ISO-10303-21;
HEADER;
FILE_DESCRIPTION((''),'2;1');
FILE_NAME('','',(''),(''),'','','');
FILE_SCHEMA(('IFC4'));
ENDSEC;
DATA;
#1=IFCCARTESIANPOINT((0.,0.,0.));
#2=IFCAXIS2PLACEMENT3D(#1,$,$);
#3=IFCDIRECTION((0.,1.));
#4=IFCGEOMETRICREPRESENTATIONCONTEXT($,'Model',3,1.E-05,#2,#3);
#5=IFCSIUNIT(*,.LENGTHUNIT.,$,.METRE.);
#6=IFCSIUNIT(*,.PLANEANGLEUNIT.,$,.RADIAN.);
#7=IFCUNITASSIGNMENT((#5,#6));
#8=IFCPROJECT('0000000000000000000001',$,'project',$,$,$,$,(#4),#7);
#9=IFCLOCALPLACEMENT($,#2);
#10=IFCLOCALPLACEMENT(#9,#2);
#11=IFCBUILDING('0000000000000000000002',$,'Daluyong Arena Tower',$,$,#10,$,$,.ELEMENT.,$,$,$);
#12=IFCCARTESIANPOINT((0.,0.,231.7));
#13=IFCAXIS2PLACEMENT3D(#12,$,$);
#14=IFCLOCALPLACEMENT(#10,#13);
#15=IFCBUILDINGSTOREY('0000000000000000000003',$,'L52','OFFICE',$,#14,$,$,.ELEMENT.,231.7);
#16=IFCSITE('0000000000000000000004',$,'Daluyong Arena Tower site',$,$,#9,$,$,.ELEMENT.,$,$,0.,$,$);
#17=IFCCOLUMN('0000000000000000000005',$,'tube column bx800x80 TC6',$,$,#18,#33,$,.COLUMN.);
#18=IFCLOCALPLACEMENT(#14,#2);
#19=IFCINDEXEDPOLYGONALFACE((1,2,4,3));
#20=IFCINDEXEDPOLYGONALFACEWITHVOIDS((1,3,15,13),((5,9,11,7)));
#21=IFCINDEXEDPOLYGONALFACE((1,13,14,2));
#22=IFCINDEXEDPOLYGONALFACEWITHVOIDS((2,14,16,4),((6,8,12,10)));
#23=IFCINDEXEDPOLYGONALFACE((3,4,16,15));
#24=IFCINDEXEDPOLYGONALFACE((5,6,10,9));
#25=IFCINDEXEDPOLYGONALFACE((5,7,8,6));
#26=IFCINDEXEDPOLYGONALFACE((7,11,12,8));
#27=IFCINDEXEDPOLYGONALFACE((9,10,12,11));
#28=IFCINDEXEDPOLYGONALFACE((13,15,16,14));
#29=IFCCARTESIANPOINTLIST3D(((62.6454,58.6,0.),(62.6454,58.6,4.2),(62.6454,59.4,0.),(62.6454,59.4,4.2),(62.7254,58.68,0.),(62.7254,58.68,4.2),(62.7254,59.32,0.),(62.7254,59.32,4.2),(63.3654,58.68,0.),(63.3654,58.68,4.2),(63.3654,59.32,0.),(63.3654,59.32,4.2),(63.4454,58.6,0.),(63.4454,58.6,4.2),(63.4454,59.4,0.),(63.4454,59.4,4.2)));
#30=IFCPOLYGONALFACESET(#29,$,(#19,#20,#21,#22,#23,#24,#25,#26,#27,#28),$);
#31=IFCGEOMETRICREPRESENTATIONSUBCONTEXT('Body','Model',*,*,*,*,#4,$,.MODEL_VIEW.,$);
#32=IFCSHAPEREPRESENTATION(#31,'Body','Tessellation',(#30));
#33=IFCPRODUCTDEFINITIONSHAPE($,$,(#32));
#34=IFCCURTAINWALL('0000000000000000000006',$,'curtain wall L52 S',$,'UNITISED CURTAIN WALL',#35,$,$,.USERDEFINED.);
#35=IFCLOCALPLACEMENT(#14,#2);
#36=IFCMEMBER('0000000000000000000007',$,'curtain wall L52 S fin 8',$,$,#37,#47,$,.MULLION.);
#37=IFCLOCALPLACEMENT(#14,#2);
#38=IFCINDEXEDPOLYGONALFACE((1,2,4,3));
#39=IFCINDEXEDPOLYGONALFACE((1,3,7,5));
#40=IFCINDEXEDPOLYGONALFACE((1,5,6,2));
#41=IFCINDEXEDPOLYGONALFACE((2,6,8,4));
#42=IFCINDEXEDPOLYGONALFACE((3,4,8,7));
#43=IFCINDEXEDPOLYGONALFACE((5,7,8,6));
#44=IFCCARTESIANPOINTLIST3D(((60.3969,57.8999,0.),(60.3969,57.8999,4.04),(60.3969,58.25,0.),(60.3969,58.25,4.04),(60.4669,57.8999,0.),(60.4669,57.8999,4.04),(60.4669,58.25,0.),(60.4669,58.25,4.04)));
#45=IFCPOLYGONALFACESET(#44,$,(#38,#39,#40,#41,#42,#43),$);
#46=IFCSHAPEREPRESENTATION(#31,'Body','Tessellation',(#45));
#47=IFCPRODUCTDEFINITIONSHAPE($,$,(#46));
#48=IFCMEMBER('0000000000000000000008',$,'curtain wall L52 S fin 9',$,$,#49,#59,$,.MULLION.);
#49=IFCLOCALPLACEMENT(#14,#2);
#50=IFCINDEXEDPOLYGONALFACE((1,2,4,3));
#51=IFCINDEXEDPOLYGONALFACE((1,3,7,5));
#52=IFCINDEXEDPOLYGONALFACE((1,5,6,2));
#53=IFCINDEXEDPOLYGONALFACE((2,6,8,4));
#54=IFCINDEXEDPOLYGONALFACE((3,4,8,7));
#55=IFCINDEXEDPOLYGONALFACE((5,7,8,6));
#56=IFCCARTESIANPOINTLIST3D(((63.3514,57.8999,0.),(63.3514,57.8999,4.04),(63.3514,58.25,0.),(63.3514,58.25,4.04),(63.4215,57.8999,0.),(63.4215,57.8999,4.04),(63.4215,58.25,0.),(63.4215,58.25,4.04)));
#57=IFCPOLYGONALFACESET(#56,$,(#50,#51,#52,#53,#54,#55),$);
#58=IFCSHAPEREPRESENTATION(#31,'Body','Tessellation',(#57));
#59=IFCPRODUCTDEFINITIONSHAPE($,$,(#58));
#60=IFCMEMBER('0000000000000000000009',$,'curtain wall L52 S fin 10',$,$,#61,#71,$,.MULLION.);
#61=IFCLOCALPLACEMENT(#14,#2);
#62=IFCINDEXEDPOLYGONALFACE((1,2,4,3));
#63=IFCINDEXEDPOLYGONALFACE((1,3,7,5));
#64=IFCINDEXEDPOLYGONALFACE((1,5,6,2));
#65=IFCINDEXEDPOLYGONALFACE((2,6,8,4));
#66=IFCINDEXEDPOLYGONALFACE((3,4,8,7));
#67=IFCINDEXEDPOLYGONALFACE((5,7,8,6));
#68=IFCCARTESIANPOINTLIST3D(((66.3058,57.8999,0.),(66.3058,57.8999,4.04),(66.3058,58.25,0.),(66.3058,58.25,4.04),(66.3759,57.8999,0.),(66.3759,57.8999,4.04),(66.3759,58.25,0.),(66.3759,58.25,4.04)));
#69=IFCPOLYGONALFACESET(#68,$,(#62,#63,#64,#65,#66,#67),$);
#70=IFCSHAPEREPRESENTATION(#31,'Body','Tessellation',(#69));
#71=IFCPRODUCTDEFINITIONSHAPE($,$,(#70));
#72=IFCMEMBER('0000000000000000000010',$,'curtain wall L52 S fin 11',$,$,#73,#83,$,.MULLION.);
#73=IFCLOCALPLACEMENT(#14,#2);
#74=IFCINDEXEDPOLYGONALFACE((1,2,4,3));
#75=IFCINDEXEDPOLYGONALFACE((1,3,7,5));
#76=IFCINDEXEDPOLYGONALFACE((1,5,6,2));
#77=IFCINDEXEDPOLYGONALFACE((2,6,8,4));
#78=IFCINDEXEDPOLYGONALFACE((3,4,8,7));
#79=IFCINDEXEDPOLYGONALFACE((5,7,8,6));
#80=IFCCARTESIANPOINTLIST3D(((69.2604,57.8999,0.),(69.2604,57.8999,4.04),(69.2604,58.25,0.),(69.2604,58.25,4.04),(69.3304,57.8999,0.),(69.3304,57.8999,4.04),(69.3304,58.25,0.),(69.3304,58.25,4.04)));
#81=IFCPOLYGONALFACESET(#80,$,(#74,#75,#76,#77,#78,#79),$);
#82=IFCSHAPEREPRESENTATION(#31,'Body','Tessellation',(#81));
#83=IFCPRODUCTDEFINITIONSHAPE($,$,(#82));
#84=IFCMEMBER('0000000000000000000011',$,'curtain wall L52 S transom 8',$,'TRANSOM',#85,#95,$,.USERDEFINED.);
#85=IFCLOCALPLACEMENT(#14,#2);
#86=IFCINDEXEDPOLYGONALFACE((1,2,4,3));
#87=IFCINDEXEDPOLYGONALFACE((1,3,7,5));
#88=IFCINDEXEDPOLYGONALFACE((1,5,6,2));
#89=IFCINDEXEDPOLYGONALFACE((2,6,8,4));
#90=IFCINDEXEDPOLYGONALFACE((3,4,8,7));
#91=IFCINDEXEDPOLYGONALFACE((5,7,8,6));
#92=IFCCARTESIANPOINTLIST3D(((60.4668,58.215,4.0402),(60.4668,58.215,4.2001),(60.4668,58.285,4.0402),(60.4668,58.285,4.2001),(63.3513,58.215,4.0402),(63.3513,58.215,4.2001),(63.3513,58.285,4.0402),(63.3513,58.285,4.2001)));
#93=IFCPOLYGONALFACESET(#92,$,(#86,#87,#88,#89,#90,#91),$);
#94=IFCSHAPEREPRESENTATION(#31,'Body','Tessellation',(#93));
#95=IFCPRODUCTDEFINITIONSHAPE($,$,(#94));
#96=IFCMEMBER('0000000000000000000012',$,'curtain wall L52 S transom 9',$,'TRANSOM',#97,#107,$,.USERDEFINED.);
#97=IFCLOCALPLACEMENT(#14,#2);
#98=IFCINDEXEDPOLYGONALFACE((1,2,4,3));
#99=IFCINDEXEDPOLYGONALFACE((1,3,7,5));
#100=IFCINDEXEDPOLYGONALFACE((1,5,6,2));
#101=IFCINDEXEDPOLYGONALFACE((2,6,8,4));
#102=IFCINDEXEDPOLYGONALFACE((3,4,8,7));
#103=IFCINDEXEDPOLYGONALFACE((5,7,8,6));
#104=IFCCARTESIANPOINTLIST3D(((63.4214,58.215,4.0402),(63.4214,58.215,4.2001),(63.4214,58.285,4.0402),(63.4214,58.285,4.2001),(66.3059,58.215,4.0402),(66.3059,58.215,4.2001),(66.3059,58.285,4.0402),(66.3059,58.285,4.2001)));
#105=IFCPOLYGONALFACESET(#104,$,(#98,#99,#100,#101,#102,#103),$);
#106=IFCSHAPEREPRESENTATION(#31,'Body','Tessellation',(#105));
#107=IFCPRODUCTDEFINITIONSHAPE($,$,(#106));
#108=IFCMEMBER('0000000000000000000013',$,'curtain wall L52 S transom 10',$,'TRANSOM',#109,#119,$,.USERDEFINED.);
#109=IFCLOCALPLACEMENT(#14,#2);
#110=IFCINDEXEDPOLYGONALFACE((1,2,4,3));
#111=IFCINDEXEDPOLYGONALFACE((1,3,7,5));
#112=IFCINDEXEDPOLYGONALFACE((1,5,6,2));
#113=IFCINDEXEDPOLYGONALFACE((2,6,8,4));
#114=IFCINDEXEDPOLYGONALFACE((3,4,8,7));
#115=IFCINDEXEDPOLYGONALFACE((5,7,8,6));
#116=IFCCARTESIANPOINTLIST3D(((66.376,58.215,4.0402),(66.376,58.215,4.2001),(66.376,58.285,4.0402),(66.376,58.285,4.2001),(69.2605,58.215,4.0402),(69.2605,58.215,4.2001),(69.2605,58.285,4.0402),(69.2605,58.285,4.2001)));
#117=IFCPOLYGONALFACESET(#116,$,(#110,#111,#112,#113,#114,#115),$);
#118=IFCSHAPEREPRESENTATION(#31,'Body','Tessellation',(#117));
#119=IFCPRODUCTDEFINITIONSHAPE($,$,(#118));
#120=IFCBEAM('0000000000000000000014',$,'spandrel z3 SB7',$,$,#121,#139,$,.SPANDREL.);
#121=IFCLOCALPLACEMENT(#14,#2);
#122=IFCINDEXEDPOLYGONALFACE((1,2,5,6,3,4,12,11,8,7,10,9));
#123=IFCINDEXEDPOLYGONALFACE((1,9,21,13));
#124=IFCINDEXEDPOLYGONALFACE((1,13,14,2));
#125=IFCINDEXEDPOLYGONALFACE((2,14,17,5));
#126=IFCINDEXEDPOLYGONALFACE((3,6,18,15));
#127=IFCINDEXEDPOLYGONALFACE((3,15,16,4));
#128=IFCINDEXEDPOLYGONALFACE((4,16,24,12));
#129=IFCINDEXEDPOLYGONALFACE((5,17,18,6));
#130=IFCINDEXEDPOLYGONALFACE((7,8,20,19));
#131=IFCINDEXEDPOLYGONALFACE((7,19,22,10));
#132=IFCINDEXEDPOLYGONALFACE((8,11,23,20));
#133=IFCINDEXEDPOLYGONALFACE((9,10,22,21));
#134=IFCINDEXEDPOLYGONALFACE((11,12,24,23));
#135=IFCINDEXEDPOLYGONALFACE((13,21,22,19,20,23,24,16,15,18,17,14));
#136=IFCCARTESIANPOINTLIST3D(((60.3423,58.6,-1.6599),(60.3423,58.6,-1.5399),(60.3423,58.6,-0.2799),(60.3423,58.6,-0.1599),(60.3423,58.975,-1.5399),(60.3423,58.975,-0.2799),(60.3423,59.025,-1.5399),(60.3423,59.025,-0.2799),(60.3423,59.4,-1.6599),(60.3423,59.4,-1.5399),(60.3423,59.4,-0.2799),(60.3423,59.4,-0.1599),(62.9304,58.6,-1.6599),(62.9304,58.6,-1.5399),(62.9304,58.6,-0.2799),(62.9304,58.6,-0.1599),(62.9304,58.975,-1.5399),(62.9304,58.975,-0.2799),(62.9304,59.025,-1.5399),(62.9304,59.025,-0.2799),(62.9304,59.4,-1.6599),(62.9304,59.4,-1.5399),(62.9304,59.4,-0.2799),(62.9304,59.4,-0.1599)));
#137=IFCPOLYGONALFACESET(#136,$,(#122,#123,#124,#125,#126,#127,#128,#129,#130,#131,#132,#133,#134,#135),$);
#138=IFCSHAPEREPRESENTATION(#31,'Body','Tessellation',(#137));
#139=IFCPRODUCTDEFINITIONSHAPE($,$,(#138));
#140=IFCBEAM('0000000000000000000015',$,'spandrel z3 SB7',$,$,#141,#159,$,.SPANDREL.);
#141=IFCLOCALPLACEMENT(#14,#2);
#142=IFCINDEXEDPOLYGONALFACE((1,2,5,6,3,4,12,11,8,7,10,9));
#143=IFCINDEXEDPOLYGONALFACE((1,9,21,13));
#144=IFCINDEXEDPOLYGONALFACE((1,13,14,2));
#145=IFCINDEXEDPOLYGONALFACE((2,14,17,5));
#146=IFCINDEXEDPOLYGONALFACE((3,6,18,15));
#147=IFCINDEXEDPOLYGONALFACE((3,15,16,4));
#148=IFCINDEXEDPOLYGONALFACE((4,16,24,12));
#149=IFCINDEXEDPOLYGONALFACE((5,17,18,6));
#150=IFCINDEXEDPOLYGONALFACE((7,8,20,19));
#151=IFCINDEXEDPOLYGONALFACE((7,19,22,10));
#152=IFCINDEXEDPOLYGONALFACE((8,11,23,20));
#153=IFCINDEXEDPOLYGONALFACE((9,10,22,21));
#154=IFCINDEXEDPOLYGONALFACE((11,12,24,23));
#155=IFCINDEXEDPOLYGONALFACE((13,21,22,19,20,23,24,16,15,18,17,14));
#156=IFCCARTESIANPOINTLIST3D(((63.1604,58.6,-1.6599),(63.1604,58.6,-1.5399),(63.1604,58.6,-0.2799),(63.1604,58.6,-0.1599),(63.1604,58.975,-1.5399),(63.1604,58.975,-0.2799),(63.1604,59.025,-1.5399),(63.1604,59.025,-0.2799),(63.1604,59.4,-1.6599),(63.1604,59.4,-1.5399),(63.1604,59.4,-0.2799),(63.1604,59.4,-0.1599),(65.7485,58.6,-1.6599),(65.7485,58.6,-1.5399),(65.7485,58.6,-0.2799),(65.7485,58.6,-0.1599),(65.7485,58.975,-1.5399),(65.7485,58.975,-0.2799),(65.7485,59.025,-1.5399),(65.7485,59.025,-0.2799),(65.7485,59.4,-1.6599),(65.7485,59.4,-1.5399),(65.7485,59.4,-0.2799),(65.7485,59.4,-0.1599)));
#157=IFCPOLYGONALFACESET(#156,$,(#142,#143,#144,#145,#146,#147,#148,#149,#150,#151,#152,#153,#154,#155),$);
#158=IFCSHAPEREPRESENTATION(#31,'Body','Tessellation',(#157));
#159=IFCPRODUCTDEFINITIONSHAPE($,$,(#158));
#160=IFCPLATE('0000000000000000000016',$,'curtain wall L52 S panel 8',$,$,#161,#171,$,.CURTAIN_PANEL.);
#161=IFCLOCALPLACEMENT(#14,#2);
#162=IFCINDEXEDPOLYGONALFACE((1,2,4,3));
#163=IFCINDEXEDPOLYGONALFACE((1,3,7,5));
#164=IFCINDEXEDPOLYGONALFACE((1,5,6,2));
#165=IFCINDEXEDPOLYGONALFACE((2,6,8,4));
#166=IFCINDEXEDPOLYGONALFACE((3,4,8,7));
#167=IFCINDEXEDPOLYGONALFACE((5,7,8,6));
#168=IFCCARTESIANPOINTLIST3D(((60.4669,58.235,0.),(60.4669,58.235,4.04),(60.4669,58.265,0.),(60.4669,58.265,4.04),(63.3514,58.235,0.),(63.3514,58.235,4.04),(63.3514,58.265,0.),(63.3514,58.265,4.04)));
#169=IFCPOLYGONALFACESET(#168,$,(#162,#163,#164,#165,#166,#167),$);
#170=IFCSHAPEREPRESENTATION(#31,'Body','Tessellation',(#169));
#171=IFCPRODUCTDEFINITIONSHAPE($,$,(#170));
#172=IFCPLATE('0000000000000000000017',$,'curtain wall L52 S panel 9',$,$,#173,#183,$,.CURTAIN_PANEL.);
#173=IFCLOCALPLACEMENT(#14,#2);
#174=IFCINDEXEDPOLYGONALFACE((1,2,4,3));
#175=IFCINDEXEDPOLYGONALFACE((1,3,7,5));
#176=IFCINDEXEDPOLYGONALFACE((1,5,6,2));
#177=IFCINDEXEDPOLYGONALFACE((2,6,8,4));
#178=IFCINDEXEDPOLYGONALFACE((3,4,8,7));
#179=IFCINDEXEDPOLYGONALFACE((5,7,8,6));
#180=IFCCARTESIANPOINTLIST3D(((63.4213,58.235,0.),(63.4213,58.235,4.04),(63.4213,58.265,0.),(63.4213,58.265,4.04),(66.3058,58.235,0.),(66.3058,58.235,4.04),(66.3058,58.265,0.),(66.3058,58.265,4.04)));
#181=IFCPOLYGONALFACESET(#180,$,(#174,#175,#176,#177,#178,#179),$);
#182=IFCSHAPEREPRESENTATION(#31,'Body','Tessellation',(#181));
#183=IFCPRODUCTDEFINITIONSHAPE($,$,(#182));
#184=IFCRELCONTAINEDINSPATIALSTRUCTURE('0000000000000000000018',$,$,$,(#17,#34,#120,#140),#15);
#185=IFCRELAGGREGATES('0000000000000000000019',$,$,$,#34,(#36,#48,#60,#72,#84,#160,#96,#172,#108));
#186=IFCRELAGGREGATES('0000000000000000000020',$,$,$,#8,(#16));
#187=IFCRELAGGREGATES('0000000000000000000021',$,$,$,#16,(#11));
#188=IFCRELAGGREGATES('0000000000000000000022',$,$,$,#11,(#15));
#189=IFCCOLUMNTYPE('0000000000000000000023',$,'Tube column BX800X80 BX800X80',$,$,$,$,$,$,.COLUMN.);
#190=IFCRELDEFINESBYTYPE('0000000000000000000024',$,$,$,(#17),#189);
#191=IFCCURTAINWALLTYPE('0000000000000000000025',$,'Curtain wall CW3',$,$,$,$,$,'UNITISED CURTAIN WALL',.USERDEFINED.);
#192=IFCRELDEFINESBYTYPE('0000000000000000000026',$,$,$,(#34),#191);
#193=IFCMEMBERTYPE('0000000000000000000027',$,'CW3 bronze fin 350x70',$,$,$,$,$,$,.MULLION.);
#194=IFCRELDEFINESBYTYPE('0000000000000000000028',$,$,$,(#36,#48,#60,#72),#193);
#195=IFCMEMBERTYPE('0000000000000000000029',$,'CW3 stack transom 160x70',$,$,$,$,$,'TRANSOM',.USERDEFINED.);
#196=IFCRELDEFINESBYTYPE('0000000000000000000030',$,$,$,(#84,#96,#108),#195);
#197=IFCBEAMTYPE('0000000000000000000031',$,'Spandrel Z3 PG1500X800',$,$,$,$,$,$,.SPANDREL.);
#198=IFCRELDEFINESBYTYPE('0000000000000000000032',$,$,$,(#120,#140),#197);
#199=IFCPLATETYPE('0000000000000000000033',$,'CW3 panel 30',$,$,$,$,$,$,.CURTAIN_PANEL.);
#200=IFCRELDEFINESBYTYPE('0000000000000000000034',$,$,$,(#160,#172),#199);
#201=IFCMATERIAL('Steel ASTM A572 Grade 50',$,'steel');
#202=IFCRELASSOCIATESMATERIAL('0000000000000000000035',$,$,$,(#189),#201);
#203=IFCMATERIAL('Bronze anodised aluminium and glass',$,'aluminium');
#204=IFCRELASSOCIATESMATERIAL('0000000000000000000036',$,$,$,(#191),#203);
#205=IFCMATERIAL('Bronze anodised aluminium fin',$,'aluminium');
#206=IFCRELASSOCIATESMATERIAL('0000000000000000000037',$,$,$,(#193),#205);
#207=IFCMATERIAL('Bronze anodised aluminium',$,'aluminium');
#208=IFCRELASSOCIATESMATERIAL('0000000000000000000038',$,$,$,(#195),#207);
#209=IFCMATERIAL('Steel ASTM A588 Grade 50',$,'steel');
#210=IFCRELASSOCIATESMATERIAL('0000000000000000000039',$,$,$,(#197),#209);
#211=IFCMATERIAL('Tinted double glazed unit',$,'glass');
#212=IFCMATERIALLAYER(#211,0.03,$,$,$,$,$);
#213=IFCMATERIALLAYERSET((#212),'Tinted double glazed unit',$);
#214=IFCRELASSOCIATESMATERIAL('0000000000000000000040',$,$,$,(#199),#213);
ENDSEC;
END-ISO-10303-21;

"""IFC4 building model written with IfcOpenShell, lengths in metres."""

from ifc_helpers import new_model, si_unit, direction, frame, origin, origin_2d, place, context, subcontext, project, spatial, rectangle, hollow_rectangle, i_section, extrude, material, layer, layer_set, material_profile, profile_set, type_object, element, aggregate, save


model = new_model("IFC4")

# Units and contexts
model_context = context("Model", 3, precision=1e-05, world=origin(), true_north=direction((0.0, 1.0)))
body_context = subcontext(model_context, "Body", "Model", "MODEL_VIEW")
ifc_project = project(units=[si_unit("LENGTHUNIT", "METRE"), si_unit("PLANEANGLEUNIT", "RADIAN")], contexts=[model_context])

# Site, building, storey
site_placement = place(None, origin())
site = spatial("IfcSite", under=ifc_project, at=site_placement, Name="Daluyong Arena Tower site", CompositionType="ELEMENT", RefElevation=0.0)
building_placement = place(site_placement, origin())
building = spatial("IfcBuilding", under=site, at=building_placement, Name="Daluyong Arena Tower", CompositionType="ELEMENT")
storey_placement = place(building_placement, frame((0.0, 0.0, 231.7)))
storey = spatial("IfcBuildingStorey", under=building, at=storey_placement, Name="L52", Description="OFFICE", CompositionType="ELEMENT", Elevation=231.7)

# Column
ifc_material_1 = material(Name="Steel ASTM A572 Grade 50", Category="steel")
ifc_material_profile_1 = material_profile(ifc_material_1, hollow_rectangle(XDim=0.8, YDim=0.8, WallThickness=0.08, at=origin_2d()))
ifc_profile_set_1 = profile_set([ifc_material_profile_1], Name="Steel ASTM A572 Grade 50")
column_type = type_object("IfcColumnType", Name="Tube column BX800X80 BX800X80", PredefinedType="COLUMN", material=ifc_profile_set_1)
column_placement = place(storey_placement, frame((63.0454, 59.0, 0.0), z_axis=(0.0, 0.0, 1.0), x_axis=(1.0, 0.0, 0.0)))
element("IfcColumn", 1, at=column_placement, inside=storey, type_object=column_type, Name="tube column bx800x80 TC6", PredefinedType="COLUMN", context=body_context, shape_type="SweptSolid", body=[
    extrude(hollow_rectangle(XDim=0.8, YDim=0.8, WallThickness=0.08, at=origin_2d()), origin(), (0.0, 0.0, 1.0), 4.2),
])

# Curtain wall, members
ifc_material_2 = material(Name="Bronze anodised aluminium and glass", Category="aluminium")
curtain_wall_type = type_object("IfcCurtainWallType", Name="Curtain wall CW3", ElementType="UNITISED CURTAIN WALL", PredefinedType="USERDEFINED", material=ifc_material_2)
curtain_wall_placement = place(storey_placement, origin())
curtain_wall = element("IfcCurtainWall", 2, at=curtain_wall_placement, inside=storey, type_object=curtain_wall_type, Name="curtain wall L52 S", ObjectType="UNITISED CURTAIN WALL", PredefinedType="USERDEFINED")
ifc_material_3 = material(Name="Bronze anodised aluminium fin", Category="aluminium")
ifc_material_profile_2 = material_profile(ifc_material_3, rectangle(XDim=0.3501, YDim=0.0701, at=origin_2d()))
ifc_profile_set_2 = profile_set([ifc_material_profile_2], Name="Bronze anodised aluminium fin")
member_type_1 = type_object("IfcMemberType", Name="CW3 bronze fin 350x70", PredefinedType="MULLION", material=ifc_profile_set_2)
member_1_placement = place(storey_placement, frame((60.4319, 58.075, 0.0), z_axis=(0.0, 0.0, 1.0), x_axis=(0.0, 1.0, 0.0)))
member_1 = element("IfcMember", 3, at=member_1_placement, type_object=member_type_1, Name="curtain wall L52 S fin 8", PredefinedType="MULLION", context=body_context, shape_type="SweptSolid", body=[
    extrude(rectangle(XDim=0.3501, YDim=0.0701, at=origin_2d()), origin(), (0.0, 0.0, 1.0), 4.04),
])
member_2_placement = place(storey_placement, frame((63.3865, 58.075, 0.0), z_axis=(0.0, 0.0, 1.0), x_axis=(0.0, 1.0, 0.0)))
member_2 = element("IfcMember", 4, at=member_2_placement, type_object=member_type_1, Name="curtain wall L52 S fin 9", PredefinedType="MULLION", context=body_context, shape_type="SweptSolid", body=[
    extrude(rectangle(XDim=0.3501, YDim=0.0701, at=origin_2d()), origin(), (0.0, 0.0, 1.0), 4.04),
])
member_3_placement = place(storey_placement, frame((66.3408, 58.075, 0.0), z_axis=(0.0, 0.0, 1.0), x_axis=(0.0, 1.0, 0.0)))
member_3 = element("IfcMember", 5, at=member_3_placement, type_object=member_type_1, Name="curtain wall L52 S fin 10", PredefinedType="MULLION", context=body_context, shape_type="SweptSolid", body=[
    extrude(rectangle(XDim=0.3501, YDim=0.0701, at=origin_2d()), origin(), (0.0, 0.0, 1.0), 4.04),
])
member_4_placement = place(storey_placement, frame((69.2954, 58.075, 0.0), z_axis=(0.0, 0.0, 1.0), x_axis=(0.0, 1.0, 0.0)))
member_4 = element("IfcMember", 6, at=member_4_placement, type_object=member_type_1, Name="curtain wall L52 S fin 11", PredefinedType="MULLION", context=body_context, shape_type="SweptSolid", body=[
    extrude(rectangle(XDim=0.3501, YDim=0.0701, at=origin_2d()), origin(), (0.0, 0.0, 1.0), 4.04),
])
ifc_material_4 = material(Name="Bronze anodised aluminium", Category="aluminium")
ifc_material_profile_3 = material_profile(ifc_material_4, rectangle(XDim=0.0701, YDim=0.1599, at=origin_2d()))
ifc_profile_set_3 = profile_set([ifc_material_profile_3], Name="Bronze anodised aluminium")
member_type_2 = type_object("IfcMemberType", Name="CW3 stack transom 160x70", ElementType="TRANSOM", PredefinedType="USERDEFINED", material=ifc_profile_set_3)
member_5_placement = place(storey_placement, frame((60.4668, 58.25, 4.1201), z_axis=(1.0, 0.0, 0.0), x_axis=(0.0, 1.0, 0.0)))
member_5 = element("IfcMember", 7, at=member_5_placement, type_object=member_type_2, Name="curtain wall L52 S transom 8", ObjectType="TRANSOM", PredefinedType="USERDEFINED", context=body_context, shape_type="SweptSolid", body=[
    extrude(rectangle(XDim=0.0701, YDim=0.1599, at=origin_2d()), origin(), (0.0, 0.0, 1.0), 2.8845),
])
member_6_placement = place(storey_placement, frame((63.4214, 58.25, 4.1201), z_axis=(1.0, 0.0, 0.0), x_axis=(0.0, 1.0, 0.0)))
member_6 = element("IfcMember", 8, at=member_6_placement, type_object=member_type_2, Name="curtain wall L52 S transom 9", ObjectType="TRANSOM", PredefinedType="USERDEFINED", context=body_context, shape_type="SweptSolid", body=[
    extrude(rectangle(XDim=0.0701, YDim=0.1599, at=origin_2d()), origin(), (0.0, 0.0, 1.0), 2.8845),
])
member_7_placement = place(storey_placement, frame((66.376, 58.25, 4.1201), z_axis=(1.0, 0.0, 0.0), x_axis=(0.0, 1.0, 0.0)))
member_7 = element("IfcMember", 9, at=member_7_placement, type_object=member_type_2, Name="curtain wall L52 S transom 10", ObjectType="TRANSOM", PredefinedType="USERDEFINED", context=body_context, shape_type="SweptSolid", body=[
    extrude(rectangle(XDim=0.0701, YDim=0.1599, at=origin_2d()), origin(), (0.0, 0.0, 1.0), 2.8845),
])

# Beams
ifc_material_5 = material(Name="Steel ASTM A588 Grade 50", Category="steel")
ifc_material_profile_4 = material_profile(ifc_material_5, i_section(OverallWidth=0.8, OverallDepth=1.5, WebThickness=0.05, FlangeThickness=0.12, at=origin_2d()))
ifc_profile_set_4 = profile_set([ifc_material_profile_4], Name="Steel ASTM A588 Grade 50")
beam_type = type_object("IfcBeamType", Name="Spandrel Z3 PG1500X800", PredefinedType="SPANDREL", material=ifc_profile_set_4)
for number, where, z_axis, x_axis, name in (
    (10, (60.3423, 59.0, -0.9099), (1.0, 0.0, 0.0), (0.0, 1.0, 0.0), "spandrel z3 SB7"),
    (11, (63.1604, 59.0, -0.9099), (1.0, 0.0, 0.0), (0.0, 1.0, 0.0), "spandrel z3 SB7"),
):
    element("IfcBeam", number, at=place(storey_placement, frame(where, z_axis=z_axis, x_axis=x_axis)), inside=storey, type_object=beam_type, Name=name, PredefinedType="SPANDREL", context=body_context, shape_type="SweptSolid", body=[
        extrude(i_section(OverallWidth=0.8, OverallDepth=1.5, WebThickness=0.05, FlangeThickness=0.12, at=origin_2d()), origin(), (0.0, 0.0, 1.0), 2.5881),
    ])

# Plates
ifc_material_6 = material(Name="Tinted double glazed unit", Category="glass")
ifc_layer = layer(ifc_material_6, 0.03)
ifc_layer_set = layer_set([ifc_layer], Name="Tinted double glazed unit")
plate_type = type_object("IfcPlateType", Name="CW3 panel 30", PredefinedType="CURTAIN_PANEL", material=ifc_layer_set)
plate_1_placement = place(storey_placement, frame((61.9092, 58.25, 0.0), z_axis=(0.0, 0.0, 1.0), x_axis=(1.0, 0.0, 0.0)))
plate_1 = element("IfcPlate", 12, at=plate_1_placement, type_object=plate_type, Name="curtain wall L52 S panel 8", PredefinedType="CURTAIN_PANEL", context=body_context, shape_type="SweptSolid", body=[
    extrude(rectangle(XDim=2.8845, YDim=0.03, at=origin_2d()), origin(), (0.0, 0.0, 1.0), 4.04),
])
plate_2_placement = place(storey_placement, frame((64.8635, 58.25, 0.0), z_axis=(0.0, 0.0, 1.0), x_axis=(1.0, 0.0, 0.0)))
plate_2 = element("IfcPlate", 13, at=plate_2_placement, type_object=plate_type, Name="curtain wall L52 S panel 9", PredefinedType="CURTAIN_PANEL", context=body_context, shape_type="SweptSolid", body=[
    extrude(rectangle(XDim=2.8845, YDim=0.03, at=origin_2d()), origin(), (0.0, 0.0, 1.0), 4.04),
])
aggregate(curtain_wall, [member_1, member_2, member_3, member_4, member_5, plate_1, member_6, plate_2, member_7])

save(model, "model.ifc")
